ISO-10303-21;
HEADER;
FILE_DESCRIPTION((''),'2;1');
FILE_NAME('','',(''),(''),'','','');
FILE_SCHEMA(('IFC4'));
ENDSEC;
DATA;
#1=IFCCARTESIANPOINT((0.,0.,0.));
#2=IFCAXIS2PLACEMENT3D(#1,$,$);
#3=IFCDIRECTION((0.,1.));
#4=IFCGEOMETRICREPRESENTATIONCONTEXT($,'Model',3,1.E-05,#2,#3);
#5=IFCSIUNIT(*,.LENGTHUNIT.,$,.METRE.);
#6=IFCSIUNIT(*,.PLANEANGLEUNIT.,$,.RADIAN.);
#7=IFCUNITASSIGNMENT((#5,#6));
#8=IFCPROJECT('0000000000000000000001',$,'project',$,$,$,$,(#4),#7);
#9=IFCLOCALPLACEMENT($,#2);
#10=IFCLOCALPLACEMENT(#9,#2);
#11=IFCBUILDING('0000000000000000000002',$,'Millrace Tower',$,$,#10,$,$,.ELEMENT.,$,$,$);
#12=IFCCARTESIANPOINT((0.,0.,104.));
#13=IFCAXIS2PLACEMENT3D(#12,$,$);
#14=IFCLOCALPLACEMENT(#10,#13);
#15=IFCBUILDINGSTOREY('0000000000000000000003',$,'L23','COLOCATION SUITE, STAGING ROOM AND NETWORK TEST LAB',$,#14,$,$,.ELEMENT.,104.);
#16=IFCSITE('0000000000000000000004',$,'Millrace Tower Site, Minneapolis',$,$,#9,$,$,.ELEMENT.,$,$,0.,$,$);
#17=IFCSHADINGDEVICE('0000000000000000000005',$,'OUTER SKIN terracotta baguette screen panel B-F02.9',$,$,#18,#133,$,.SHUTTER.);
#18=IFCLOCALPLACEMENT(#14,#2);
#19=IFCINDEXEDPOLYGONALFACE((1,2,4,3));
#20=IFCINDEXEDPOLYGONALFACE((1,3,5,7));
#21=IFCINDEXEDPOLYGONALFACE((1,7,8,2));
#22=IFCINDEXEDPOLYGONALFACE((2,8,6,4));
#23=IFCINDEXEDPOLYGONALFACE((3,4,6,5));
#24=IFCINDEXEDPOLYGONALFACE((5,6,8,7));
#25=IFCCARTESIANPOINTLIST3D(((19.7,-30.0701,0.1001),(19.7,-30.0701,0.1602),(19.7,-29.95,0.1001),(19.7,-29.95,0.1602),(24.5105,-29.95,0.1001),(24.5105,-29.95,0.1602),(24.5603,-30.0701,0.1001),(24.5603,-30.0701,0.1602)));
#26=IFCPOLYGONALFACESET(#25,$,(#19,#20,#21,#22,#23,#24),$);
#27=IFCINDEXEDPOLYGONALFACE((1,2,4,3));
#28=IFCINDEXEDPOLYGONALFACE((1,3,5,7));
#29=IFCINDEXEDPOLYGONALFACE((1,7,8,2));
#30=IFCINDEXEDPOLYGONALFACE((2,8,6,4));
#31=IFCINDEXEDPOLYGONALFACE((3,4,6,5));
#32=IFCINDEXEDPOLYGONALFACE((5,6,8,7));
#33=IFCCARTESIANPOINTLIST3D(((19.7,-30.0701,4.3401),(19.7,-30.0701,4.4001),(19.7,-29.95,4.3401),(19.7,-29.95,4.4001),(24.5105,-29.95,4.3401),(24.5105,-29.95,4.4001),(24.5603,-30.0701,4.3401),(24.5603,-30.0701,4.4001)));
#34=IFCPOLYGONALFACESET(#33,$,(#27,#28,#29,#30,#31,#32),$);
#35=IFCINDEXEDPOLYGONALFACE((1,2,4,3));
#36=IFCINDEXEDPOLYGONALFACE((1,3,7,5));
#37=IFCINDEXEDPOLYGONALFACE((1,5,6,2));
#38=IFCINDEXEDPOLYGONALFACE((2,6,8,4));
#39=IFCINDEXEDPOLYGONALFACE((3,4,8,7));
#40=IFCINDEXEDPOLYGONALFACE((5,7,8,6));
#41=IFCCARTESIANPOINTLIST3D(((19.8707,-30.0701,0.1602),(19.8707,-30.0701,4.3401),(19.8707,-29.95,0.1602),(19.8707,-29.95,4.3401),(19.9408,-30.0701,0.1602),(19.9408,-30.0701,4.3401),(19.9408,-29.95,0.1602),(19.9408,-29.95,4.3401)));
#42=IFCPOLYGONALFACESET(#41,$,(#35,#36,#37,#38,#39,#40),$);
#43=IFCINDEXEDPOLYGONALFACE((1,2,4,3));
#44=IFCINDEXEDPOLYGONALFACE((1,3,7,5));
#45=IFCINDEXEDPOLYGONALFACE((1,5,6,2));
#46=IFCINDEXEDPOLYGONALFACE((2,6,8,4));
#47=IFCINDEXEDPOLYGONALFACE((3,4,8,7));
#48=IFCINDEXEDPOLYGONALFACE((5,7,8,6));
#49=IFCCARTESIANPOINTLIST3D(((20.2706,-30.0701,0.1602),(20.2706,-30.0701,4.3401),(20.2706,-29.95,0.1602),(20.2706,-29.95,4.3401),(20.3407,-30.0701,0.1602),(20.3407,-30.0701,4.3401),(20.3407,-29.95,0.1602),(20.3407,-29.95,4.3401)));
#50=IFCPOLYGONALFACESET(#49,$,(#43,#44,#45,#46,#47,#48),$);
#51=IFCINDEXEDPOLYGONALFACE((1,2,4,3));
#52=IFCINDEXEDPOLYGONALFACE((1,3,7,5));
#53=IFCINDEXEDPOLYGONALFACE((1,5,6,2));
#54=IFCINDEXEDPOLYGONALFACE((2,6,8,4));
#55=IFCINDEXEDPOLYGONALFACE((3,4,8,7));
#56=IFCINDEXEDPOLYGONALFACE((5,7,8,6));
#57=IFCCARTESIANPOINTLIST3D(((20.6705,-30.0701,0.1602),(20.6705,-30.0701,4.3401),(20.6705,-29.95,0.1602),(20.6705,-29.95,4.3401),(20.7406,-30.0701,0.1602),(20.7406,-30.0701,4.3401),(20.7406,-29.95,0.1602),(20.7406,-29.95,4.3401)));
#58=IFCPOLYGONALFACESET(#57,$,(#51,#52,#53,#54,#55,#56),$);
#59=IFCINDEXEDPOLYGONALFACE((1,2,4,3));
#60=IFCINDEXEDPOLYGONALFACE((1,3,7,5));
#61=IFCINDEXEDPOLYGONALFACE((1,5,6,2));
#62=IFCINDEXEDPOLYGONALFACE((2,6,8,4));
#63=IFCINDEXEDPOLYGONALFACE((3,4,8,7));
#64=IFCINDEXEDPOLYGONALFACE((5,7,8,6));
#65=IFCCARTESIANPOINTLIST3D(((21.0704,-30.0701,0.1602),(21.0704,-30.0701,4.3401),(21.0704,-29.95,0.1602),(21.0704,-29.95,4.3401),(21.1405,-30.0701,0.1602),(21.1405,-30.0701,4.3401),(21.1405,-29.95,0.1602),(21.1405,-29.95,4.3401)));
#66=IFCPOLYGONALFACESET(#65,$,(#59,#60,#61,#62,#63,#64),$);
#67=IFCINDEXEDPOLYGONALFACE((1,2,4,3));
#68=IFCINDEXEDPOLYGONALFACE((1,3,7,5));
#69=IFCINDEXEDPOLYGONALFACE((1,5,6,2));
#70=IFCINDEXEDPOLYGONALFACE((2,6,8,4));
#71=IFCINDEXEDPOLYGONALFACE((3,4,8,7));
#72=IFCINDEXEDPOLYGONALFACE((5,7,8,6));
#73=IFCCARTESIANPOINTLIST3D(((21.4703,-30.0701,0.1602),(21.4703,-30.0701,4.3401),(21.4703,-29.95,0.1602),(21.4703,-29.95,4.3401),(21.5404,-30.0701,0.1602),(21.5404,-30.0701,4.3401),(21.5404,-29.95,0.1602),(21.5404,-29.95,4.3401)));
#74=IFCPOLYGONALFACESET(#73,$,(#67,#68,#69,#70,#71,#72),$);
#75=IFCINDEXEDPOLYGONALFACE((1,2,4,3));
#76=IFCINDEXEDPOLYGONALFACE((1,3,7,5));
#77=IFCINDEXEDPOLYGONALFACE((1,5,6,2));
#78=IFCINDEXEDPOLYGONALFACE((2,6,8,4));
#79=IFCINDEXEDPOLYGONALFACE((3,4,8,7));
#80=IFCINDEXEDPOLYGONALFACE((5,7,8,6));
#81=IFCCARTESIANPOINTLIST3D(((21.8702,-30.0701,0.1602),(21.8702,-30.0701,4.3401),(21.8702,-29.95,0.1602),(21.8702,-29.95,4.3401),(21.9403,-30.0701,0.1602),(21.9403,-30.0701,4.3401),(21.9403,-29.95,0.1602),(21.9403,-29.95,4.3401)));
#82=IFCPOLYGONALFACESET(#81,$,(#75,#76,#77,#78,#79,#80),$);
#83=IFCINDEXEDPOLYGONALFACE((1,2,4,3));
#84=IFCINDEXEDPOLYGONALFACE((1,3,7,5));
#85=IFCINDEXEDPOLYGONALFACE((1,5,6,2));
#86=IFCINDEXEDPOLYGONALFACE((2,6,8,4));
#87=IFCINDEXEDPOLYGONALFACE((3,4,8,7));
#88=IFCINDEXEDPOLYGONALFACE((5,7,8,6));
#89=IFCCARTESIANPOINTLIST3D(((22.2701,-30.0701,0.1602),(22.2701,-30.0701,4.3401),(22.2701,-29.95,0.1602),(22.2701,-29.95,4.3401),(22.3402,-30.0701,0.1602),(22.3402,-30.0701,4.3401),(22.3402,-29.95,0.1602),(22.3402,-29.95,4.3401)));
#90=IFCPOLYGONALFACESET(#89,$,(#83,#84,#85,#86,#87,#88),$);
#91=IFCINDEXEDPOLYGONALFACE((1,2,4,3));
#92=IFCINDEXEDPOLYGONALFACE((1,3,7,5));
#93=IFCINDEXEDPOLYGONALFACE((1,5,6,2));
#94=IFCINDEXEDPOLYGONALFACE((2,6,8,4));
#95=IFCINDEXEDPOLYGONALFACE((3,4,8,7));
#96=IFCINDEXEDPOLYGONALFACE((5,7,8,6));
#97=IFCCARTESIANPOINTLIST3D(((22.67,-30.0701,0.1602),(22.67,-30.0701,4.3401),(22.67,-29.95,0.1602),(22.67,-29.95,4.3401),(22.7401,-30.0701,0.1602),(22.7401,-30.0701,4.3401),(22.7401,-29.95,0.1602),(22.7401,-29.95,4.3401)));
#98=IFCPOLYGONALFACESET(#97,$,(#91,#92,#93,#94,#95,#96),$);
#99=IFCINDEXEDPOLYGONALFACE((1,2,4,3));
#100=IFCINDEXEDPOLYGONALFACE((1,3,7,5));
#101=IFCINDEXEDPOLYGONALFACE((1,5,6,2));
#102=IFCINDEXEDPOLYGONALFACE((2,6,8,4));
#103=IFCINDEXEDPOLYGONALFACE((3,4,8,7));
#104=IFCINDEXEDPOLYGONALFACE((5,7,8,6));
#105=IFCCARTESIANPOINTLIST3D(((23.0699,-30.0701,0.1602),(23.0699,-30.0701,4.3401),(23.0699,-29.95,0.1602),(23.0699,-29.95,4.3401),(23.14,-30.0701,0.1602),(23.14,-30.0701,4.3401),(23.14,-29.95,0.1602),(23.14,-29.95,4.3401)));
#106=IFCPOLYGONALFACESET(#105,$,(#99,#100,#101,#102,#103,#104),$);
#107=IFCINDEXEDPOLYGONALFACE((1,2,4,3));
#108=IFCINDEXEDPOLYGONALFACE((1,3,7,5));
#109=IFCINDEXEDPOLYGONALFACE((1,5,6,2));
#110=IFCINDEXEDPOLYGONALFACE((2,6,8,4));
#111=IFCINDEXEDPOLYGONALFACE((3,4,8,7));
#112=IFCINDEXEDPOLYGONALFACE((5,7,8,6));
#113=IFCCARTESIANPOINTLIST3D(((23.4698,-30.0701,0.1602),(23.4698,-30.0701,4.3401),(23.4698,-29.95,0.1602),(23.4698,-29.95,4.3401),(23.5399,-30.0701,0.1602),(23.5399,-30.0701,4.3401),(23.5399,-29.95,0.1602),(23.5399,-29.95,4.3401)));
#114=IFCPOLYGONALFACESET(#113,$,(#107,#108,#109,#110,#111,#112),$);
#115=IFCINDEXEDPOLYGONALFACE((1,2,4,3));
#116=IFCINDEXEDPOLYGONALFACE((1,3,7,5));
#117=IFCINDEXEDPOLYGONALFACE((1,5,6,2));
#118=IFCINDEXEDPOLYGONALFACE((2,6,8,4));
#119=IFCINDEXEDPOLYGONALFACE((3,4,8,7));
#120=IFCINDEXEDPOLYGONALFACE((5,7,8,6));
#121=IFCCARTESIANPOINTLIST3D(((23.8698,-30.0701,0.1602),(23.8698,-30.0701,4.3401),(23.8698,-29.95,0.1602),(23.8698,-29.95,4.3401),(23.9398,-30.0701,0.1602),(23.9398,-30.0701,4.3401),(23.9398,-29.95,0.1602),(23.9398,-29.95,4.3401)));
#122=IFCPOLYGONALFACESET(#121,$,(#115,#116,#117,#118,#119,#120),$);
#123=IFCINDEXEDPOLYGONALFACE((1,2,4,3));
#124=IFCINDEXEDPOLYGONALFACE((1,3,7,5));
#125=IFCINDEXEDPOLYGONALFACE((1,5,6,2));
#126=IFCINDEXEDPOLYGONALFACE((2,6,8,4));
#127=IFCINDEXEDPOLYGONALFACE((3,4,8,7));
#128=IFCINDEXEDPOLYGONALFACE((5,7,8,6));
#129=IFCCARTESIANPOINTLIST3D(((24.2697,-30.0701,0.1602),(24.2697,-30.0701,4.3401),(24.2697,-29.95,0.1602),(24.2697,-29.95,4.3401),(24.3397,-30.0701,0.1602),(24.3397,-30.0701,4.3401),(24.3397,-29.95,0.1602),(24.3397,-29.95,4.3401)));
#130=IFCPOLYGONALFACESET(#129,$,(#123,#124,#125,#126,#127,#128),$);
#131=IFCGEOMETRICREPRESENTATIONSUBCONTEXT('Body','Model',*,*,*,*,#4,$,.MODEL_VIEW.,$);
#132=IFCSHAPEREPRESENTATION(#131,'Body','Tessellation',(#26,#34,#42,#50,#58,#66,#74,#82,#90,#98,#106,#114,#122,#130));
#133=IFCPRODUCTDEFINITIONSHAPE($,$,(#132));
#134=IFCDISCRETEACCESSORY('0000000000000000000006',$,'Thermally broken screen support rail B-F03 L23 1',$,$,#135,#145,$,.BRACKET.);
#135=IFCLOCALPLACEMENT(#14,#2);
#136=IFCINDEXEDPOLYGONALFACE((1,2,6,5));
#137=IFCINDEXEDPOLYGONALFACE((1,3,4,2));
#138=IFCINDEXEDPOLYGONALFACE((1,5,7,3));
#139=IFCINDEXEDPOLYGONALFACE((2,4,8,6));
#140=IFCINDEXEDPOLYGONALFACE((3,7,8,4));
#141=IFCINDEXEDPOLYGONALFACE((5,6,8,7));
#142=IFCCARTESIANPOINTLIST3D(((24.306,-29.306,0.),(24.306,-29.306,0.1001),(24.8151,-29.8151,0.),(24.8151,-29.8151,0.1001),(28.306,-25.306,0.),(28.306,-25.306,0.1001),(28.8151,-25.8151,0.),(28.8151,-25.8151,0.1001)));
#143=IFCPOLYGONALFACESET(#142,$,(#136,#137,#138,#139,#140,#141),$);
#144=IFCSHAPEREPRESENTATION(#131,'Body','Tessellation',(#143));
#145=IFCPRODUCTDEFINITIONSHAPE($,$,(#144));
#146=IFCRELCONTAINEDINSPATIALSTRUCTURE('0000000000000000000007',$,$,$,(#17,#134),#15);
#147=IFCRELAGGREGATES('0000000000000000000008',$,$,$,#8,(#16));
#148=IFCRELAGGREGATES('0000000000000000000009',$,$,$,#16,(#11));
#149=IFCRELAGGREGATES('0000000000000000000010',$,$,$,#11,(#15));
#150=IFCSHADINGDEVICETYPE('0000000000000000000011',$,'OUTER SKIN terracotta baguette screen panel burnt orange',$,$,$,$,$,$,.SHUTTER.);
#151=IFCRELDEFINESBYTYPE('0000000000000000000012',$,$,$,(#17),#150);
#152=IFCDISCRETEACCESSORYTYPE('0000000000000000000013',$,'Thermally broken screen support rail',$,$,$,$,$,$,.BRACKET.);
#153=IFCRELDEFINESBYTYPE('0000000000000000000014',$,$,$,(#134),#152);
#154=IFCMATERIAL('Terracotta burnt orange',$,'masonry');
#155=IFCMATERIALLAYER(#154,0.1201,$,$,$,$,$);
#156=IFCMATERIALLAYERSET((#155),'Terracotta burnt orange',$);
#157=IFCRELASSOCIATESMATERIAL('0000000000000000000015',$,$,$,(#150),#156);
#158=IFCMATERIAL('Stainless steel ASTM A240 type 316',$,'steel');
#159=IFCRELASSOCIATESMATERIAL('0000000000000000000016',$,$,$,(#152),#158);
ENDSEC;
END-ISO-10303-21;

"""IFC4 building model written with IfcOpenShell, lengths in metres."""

from ifc_helpers import new_model, entity, si_unit, direction, frame, frame_2d, origin, origin_2d, place, context, subcontext, project, spatial, rectangle, extrude, source, transform, mapped, material, layer, layer_set, type_object, element, save


model = new_model("IFC4")

# Units and contexts
model_context = context("Model", 3, precision=1e-05, world=origin(), true_north=direction((0.0, 1.0)))
body_context = subcontext(model_context, "Body", "Model", "MODEL_VIEW")
ifc_project = project(units=[si_unit("LENGTHUNIT", "METRE"), si_unit("PLANEANGLEUNIT", "RADIAN")], contexts=[model_context])

# Site, building, storey
site_placement = place(None, origin())
site = spatial("IfcSite", under=ifc_project, at=site_placement, Name="Millrace Tower Site, Minneapolis", CompositionType="ELEMENT", RefElevation=0.0)
building_placement = place(site_placement, origin())
building = spatial("IfcBuilding", under=site, at=building_placement, Name="Millrace Tower", CompositionType="ELEMENT")
storey_placement = place(building_placement, frame((0.0, 0.0, 104.0)))
storey = spatial("IfcBuildingStorey", under=building, at=storey_placement, Name="L23", Description="COLOCATION SUITE, STAGING ROOM AND NETWORK TEST LAB", CompositionType="ELEMENT", Elevation=104.0)

# Shading device
ifc_material_1 = material(Name="Terracotta burnt orange", Category="masonry")
ifc_layer_1 = layer(ifc_material_1, 0.1201)
ifc_layer_set_1 = layer_set([ifc_layer_1], Name="Terracotta burnt orange")
shading_device_type = type_object("IfcShadingDeviceType", Name="OUTER SKIN terracotta baguette screen panel burnt orange", PredefinedType="SHUTTER", material=ifc_layer_set_1)
cartesian_point_1 = entity("IfcCartesianPoint", [-2.4177, 0.0601])
shared_polyline_1 = entity("IfcPolyline", [cartesian_point_1, entity("IfcCartesianPoint", [2.3928, 0.0601]), entity("IfcCartesianPoint", [2.4426, -0.0601]), entity("IfcCartesianPoint", [-2.4177, -0.0601]), cartesian_point_1])
shared_shape_1 = source(origin(), body_context, "Body", "SweptSolid", [
    entity("IfcExtrudedAreaSolid", entity("IfcArbitraryClosedProfileDef", "AREA", None, shared_polyline_1), entity("IfcAxis2Placement3D", entity("IfcCartesianPoint", [0.0, 0.0, 0.0])), entity("IfcDirection", [0.0, 0.0, 1.0]), 0.0601),
    entity("IfcExtrudedAreaSolid", entity("IfcArbitraryClosedProfileDef", "AREA", None, shared_polyline_1), entity("IfcAxis2Placement3D", entity("IfcCartesianPoint", [0.0, 0.0, 4.24])), entity("IfcDirection", [0.0, 0.0, 1.0]), 0.0601),
    extrude(rectangle(XDim=0.0701, YDim=0.1201, at=frame_2d((-2.2119, 0.0))), frame((0.0, 0.0, 0.0601)), (0.0, 0.0, 1.0), 4.1799),
    extrude(rectangle(XDim=0.0701, YDim=0.1201, at=frame_2d((-1.812, 0.0))), frame((0.0, 0.0, 0.0601)), (0.0, 0.0, 1.0), 4.1799),
    extrude(rectangle(XDim=0.0701, YDim=0.1201, at=frame_2d((-1.4121, 0.0))), frame((0.0, 0.0, 0.0601)), (0.0, 0.0, 1.0), 4.1799),
    extrude(rectangle(XDim=0.0701, YDim=0.1201, at=frame_2d((-1.0122, 0.0))), frame((0.0, 0.0, 0.0601)), (0.0, 0.0, 1.0), 4.1799),
    extrude(rectangle(XDim=0.0701, YDim=0.1201, at=frame_2d((-0.6123, 0.0))), frame((0.0, 0.0, 0.0601)), (0.0, 0.0, 1.0), 4.1799),
    extrude(rectangle(XDim=0.0701, YDim=0.1201, at=frame_2d((-0.2124, 0.0))), frame((0.0, 0.0, 0.0601)), (0.0, 0.0, 1.0), 4.1799),
    extrude(rectangle(XDim=0.0701, YDim=0.1201, at=frame_2d((0.1875, 0.0))), frame((0.0, 0.0, 0.0601)), (0.0, 0.0, 1.0), 4.1799),
    extrude(rectangle(XDim=0.0701, YDim=0.1201, at=frame_2d((0.5874, 0.0))), frame((0.0, 0.0, 0.0601)), (0.0, 0.0, 1.0), 4.1799),
    extrude(rectangle(XDim=0.0701, YDim=0.1201, at=frame_2d((0.9873, 0.0))), frame((0.0, 0.0, 0.0601)), (0.0, 0.0, 1.0), 4.1799),
    extrude(rectangle(XDim=0.0701, YDim=0.1201, at=frame_2d((1.3872, 0.0))), frame((0.0, 0.0, 0.0601)), (0.0, 0.0, 1.0), 4.1799),
    extrude(rectangle(XDim=0.0701, YDim=0.1201, at=frame_2d((1.7871, 0.0))), frame((0.0, 0.0, 0.0601)), (0.0, 0.0, 1.0), 4.1799),
    extrude(rectangle(XDim=0.0701, YDim=0.1201, at=frame_2d((2.187, 0.0))), frame((0.0, 0.0, 0.0601)), (0.0, 0.0, 1.0), 4.1799),
])
shading_device_1_placement = place(storey_placement, frame((22.1177, -30.01, 0.1001), z_axis=(0.0, 0.0, 1.0), x_axis=(1.0, 0.0, 0.0)))
element("IfcShadingDevice", 1, at=shading_device_1_placement, inside=storey, type_object=shading_device_type, Name="OUTER SKIN terracotta baguette screen panel B-F02.9", PredefinedType="SHUTTER", context=body_context, shape_type="MappedRepresentation", body=[
    mapped(shared_shape_1, transform((0.0, 0.0, 0.0), scale=1.0)),
])

# Discrete accessory
ifc_material_2 = material(Name="Stainless steel ASTM A240 type 316", Category="steel")
discrete_accessory_type = type_object("IfcDiscreteAccessoryType", Name="Thermally broken screen support rail", PredefinedType="BRACKET", material=ifc_material_2)
discrete_accessory_placement = place(storey_placement, frame((26.5605, -27.5605, 0.0), z_axis=(0.0, 0.0, 1.0), x_axis=(0.707107, 0.707107, 0.0)))
element("IfcDiscreteAccessory", 2, at=discrete_accessory_placement, inside=storey, type_object=discrete_accessory_type, Name="Thermally broken screen support rail B-F03 L23 1", PredefinedType="BRACKET", context=body_context, shape_type="SweptSolid", body=[
    extrude(rectangle(XDim=5.6567, YDim=0.72, at=origin_2d()), origin(), (0.0, 0.0, 1.0), 0.1001),
])

save(model, "model.ifc")
